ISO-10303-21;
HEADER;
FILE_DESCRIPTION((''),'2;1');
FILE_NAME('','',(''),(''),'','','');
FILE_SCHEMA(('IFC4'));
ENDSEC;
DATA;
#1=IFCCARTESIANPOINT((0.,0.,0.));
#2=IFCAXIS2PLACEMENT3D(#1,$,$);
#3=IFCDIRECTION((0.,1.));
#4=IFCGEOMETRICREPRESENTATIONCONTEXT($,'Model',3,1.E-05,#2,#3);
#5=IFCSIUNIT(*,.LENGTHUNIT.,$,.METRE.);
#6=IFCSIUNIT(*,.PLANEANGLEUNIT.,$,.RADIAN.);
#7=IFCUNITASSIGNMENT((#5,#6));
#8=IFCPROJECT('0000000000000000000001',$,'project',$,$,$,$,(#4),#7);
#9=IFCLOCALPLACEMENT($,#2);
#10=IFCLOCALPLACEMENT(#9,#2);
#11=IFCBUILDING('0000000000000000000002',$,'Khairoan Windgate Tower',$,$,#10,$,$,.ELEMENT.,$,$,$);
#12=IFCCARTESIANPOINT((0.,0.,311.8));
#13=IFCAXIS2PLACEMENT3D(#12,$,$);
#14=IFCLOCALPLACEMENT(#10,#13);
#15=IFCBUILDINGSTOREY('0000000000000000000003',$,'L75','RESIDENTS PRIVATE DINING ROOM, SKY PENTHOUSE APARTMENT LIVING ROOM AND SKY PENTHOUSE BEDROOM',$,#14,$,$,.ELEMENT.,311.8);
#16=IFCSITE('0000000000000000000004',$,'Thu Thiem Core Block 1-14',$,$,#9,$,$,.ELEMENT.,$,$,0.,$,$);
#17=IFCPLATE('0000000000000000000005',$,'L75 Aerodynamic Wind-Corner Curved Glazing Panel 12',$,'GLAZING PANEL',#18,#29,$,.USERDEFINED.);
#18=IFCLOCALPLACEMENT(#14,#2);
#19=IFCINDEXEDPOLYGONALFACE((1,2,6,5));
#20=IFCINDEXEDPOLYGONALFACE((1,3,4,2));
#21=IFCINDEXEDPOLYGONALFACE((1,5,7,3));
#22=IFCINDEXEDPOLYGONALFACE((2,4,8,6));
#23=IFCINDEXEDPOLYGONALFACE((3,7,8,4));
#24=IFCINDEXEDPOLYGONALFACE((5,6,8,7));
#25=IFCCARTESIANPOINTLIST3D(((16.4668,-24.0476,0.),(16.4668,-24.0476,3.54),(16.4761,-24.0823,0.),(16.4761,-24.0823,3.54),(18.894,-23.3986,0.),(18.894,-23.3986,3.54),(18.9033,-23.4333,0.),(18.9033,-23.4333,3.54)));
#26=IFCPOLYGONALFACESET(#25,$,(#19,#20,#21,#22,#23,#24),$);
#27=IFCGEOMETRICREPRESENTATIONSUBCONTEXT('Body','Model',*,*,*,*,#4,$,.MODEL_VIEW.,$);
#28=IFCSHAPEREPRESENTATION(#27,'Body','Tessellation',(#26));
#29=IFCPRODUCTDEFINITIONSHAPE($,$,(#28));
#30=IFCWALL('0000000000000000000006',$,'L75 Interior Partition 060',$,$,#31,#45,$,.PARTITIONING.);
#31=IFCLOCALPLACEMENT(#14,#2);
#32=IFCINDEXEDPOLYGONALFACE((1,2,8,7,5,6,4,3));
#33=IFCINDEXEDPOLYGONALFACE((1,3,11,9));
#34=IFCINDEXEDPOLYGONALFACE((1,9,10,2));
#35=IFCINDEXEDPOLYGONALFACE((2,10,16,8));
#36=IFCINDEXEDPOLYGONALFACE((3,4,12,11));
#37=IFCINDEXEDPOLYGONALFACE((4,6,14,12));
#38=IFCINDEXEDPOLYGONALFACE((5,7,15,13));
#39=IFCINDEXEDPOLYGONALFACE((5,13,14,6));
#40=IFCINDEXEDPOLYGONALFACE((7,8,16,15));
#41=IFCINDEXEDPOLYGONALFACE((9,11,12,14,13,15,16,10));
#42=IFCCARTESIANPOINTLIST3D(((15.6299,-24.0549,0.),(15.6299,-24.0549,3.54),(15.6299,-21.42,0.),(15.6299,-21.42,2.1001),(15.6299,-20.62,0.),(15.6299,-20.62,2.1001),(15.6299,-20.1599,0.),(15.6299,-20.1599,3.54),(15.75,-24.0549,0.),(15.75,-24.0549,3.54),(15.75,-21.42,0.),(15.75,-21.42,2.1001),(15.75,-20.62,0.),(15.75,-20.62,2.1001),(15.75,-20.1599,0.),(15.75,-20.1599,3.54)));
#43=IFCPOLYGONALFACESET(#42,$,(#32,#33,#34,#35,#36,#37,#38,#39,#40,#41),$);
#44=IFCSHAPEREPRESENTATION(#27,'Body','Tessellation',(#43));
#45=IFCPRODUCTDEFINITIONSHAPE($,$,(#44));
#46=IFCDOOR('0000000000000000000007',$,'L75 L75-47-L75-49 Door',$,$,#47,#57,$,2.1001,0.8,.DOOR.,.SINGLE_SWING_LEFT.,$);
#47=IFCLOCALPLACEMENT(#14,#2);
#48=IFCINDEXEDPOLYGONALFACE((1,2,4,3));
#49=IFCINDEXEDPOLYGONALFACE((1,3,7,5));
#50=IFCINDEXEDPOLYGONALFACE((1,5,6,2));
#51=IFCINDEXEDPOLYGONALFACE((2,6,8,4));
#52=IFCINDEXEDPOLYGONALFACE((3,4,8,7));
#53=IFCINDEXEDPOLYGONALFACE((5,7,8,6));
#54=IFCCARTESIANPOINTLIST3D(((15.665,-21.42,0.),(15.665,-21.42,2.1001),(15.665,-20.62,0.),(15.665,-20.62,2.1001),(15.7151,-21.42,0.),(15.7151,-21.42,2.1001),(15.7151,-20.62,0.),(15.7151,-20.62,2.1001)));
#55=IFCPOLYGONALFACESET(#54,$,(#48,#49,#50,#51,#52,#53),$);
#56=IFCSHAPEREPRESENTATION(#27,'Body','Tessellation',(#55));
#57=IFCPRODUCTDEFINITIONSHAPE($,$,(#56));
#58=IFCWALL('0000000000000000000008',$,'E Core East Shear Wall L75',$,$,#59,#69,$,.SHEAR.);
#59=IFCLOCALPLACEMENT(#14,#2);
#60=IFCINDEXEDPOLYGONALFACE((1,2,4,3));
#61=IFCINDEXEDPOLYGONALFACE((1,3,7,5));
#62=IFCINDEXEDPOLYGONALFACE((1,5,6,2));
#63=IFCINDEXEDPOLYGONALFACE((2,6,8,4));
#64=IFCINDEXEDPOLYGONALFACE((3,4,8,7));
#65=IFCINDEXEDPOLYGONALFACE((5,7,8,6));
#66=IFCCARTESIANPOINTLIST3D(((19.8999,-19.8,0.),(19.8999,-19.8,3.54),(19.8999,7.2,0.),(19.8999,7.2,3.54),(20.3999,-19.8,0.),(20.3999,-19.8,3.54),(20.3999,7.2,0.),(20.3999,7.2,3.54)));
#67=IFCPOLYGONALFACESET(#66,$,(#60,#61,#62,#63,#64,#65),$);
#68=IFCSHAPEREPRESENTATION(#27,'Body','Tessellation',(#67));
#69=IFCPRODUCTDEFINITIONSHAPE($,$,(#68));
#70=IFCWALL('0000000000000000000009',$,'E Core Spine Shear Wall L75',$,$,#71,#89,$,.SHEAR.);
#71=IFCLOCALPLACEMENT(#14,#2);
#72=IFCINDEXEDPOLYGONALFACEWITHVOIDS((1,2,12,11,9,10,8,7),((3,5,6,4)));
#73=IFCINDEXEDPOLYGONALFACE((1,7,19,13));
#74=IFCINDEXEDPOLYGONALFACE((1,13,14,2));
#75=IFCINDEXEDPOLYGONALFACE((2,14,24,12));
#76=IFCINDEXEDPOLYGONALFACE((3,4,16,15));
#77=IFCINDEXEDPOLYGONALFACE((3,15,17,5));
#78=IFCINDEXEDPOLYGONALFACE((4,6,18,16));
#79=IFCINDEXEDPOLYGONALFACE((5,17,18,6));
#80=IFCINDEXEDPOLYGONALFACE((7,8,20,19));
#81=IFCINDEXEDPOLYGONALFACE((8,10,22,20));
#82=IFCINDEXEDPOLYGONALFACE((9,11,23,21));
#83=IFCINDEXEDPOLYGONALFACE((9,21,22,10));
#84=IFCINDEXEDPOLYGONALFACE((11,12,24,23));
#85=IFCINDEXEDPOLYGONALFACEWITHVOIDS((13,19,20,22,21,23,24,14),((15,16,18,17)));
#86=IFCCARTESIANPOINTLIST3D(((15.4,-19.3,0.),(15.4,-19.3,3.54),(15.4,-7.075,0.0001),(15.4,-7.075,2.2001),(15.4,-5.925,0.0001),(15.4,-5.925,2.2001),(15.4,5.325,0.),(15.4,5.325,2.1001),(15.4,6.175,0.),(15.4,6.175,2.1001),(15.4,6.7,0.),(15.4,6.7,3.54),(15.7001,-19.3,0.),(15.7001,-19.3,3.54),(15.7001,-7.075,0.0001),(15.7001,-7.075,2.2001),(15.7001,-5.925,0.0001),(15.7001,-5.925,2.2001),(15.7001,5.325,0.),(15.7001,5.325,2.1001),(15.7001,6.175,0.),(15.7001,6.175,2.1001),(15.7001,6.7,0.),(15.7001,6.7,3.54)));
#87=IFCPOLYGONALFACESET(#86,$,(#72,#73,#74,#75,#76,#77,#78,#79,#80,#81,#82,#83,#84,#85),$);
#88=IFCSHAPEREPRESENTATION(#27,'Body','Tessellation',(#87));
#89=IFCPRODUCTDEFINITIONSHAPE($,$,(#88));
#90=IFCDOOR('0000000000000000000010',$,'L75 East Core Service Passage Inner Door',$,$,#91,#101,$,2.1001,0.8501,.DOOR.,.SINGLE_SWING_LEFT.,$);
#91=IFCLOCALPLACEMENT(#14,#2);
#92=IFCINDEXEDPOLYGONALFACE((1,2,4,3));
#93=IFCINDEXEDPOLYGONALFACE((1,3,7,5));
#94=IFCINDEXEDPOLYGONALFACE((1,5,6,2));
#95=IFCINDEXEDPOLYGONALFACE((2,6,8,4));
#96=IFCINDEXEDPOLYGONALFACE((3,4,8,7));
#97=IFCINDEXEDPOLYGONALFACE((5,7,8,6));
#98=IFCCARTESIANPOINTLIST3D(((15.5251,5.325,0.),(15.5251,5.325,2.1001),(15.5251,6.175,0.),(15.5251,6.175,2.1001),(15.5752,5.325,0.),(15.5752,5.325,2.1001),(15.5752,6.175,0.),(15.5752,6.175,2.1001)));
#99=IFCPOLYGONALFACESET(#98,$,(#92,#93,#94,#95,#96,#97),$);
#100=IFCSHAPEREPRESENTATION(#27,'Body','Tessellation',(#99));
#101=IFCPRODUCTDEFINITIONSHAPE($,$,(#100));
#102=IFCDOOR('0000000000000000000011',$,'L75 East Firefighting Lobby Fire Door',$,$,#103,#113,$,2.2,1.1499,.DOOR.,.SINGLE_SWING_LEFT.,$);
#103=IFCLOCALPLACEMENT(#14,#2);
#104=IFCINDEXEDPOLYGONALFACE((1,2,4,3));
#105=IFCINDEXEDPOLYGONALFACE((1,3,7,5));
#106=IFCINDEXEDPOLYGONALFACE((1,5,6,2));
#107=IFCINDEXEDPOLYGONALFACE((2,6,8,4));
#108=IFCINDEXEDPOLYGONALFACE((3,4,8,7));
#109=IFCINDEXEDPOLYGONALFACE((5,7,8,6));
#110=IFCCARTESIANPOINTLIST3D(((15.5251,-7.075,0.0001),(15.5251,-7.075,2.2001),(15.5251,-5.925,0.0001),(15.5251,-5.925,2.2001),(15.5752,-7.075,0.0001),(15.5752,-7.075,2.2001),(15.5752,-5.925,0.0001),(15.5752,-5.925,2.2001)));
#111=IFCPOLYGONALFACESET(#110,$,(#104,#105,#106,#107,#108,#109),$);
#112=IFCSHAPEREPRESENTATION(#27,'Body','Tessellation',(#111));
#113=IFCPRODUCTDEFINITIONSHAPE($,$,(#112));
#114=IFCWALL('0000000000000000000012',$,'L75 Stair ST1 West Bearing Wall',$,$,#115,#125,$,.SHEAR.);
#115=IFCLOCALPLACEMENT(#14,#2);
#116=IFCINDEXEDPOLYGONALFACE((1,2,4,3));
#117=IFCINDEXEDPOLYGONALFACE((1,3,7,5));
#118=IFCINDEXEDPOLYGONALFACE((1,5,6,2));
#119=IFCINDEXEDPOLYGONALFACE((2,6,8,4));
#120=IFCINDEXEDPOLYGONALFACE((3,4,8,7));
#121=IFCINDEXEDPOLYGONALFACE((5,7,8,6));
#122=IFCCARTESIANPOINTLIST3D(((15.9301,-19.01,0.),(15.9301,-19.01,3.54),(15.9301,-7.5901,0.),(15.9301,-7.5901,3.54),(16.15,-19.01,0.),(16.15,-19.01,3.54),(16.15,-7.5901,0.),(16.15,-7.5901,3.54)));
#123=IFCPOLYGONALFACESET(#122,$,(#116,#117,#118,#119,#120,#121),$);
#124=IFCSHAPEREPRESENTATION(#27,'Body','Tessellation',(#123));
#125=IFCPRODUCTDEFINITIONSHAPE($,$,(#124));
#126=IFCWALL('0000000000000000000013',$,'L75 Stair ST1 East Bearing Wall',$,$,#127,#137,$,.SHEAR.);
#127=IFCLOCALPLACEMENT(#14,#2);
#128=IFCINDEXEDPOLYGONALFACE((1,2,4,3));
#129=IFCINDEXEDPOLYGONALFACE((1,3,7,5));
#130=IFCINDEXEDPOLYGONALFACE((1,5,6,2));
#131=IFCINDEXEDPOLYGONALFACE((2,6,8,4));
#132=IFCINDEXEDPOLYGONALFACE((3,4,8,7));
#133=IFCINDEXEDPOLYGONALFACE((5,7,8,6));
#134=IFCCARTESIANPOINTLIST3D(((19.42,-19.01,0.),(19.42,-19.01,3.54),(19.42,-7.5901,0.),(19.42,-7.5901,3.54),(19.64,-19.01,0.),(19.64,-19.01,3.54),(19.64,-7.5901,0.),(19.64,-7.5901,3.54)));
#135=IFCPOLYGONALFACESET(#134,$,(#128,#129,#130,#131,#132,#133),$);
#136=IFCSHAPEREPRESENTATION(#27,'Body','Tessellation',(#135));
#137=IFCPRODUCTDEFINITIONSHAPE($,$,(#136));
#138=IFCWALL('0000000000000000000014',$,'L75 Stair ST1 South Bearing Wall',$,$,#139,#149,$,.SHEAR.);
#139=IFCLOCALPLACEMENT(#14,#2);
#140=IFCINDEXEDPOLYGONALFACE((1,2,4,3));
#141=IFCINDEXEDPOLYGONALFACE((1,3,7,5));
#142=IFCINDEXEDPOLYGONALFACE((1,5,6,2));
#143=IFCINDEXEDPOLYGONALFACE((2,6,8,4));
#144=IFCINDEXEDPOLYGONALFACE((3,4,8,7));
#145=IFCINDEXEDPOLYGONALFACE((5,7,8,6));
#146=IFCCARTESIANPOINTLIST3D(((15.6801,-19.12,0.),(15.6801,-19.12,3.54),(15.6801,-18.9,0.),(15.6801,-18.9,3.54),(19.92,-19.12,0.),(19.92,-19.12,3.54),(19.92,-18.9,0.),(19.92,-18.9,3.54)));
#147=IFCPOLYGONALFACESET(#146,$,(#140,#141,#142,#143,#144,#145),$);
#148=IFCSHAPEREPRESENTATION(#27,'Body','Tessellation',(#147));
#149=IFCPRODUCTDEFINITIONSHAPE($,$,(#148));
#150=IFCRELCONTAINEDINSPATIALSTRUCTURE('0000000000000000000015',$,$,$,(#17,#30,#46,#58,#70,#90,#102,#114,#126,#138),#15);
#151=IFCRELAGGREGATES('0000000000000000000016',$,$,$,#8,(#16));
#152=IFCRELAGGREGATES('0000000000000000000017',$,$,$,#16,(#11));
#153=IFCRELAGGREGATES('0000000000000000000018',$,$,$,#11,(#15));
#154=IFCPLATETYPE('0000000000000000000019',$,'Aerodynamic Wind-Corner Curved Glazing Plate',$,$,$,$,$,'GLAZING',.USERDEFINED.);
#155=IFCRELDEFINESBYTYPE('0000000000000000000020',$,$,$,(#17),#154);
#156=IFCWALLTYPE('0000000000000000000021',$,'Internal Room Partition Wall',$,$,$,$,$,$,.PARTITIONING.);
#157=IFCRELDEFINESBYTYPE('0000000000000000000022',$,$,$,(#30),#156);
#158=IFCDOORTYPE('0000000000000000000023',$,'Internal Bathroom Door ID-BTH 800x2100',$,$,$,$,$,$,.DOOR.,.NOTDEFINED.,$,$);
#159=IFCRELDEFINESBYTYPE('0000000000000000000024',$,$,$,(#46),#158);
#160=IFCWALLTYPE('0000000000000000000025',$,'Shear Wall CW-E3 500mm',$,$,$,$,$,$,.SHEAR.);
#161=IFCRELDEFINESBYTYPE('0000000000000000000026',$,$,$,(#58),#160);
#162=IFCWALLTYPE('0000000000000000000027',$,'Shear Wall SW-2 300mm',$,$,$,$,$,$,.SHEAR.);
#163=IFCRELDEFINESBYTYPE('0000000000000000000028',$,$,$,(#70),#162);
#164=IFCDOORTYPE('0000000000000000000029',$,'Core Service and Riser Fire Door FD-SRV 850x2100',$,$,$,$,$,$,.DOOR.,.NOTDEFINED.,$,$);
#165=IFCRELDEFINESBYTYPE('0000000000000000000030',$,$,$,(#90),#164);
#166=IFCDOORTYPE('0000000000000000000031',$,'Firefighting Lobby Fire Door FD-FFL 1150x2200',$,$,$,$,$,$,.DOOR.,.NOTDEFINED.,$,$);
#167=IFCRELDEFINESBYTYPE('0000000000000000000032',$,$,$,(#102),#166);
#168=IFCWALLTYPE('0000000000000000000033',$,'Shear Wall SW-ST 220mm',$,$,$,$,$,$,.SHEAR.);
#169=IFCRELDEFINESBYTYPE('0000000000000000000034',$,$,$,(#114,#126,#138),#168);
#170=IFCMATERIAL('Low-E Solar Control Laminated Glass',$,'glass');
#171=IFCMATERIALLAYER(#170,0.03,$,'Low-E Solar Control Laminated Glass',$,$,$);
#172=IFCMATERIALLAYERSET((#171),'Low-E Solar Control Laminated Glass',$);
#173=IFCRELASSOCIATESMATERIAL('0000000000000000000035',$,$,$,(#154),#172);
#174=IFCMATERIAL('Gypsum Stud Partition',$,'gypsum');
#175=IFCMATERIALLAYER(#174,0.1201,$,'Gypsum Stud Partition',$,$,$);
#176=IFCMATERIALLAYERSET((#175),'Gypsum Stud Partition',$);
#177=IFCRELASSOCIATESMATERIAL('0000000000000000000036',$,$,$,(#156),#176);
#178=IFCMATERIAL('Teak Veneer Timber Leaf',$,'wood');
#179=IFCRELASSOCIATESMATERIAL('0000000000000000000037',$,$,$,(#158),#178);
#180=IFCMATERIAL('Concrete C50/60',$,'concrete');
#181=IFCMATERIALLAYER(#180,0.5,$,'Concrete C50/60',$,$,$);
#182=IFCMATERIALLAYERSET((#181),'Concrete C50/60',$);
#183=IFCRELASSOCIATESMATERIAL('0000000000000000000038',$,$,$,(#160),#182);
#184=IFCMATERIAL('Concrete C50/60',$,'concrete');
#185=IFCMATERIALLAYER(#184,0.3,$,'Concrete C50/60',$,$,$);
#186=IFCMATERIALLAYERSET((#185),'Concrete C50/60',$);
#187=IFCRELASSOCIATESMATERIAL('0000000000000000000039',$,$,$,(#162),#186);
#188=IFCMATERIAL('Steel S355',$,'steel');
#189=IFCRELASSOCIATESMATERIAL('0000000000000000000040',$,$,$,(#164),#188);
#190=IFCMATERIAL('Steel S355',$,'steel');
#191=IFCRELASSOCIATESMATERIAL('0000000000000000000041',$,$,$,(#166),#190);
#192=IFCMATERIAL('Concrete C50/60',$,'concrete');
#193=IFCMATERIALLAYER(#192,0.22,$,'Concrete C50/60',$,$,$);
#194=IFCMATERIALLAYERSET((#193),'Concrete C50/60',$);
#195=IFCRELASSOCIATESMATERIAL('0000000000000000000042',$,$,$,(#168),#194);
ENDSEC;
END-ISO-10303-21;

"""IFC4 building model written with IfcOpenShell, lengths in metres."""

from ifc_helpers import new_model, si_unit, direction, frame, frame_2d, origin, origin_2d, place, context, subcontext, project, spatial, rectangle, extrude, material, layer, layer_set, type_object, element, fill, save


model = new_model("IFC4")

# Units and contexts
model_context = context("Model", 3, precision=1e-05, world=origin(), true_north=direction((0.0, 1.0)))
body_context = subcontext(model_context, "Body", "Model", "MODEL_VIEW")
ifc_project = project(units=[si_unit("LENGTHUNIT", "METRE"), si_unit("PLANEANGLEUNIT", "RADIAN")], contexts=[model_context])

# Site, building, storey
site_placement = place(None, origin())
site = spatial("IfcSite", under=ifc_project, at=site_placement, Name="Thu Thiem Core Block 1-14", CompositionType="ELEMENT", RefElevation=0.0)
building_placement = place(site_placement, origin())
building = spatial("IfcBuilding", under=site, at=building_placement, Name="Khairoan Windgate Tower", CompositionType="ELEMENT")
storey_placement = place(building_placement, frame((0.0, 0.0, 311.8)))
storey = spatial("IfcBuildingStorey", under=building, at=storey_placement, Name="L75", Description="RESIDENTS PRIVATE DINING ROOM, SKY PENTHOUSE APARTMENT LIVING ROOM AND SKY PENTHOUSE BEDROOM", CompositionType="ELEMENT", Elevation=311.8)

# Plate
ifc_material_1 = material(Name="Low-E Solar Control Laminated Glass", Category="glass")
ifc_layer_1 = layer(ifc_material_1, 0.03, Name="Low-E Solar Control Laminated Glass")
ifc_layer_set_1 = layer_set([ifc_layer_1], Name="Low-E Solar Control Laminated Glass")
plate_type_1 = type_object("IfcPlateType", Name="Aerodynamic Wind-Corner Curved Glazing Plate", ElementType="GLAZING", PredefinedType="USERDEFINED", material=ifc_layer_set_1)
plate_1_placement = place(storey_placement, frame((17.6851, -23.7405, 0.0), z_axis=(0.0, 0.0, 1.0), x_axis=(-0.966061, -0.258313, 0.0)))
element("IfcPlate", 1, at=plate_1_placement, inside=storey, type_object=plate_type_1, Name="L75 Aerodynamic Wind-Corner Curved Glazing Panel 12", ObjectType="GLAZING PANEL", PredefinedType="USERDEFINED", context=body_context, shape_type="SweptSolid", body=[
    extrude(rectangle(XDim=2.5125, YDim=0.0359, at=origin_2d()), origin(), (0.0, 0.0, 1.0), 3.54),
])

# Wall, opening, door
ifc_material_2 = material(Name="Gypsum Stud Partition", Category="gypsum")
ifc_layer_2 = layer(ifc_material_2, 0.1201, Name="Gypsum Stud Partition")
ifc_layer_set_2 = layer_set([ifc_layer_2], Name="Gypsum Stud Partition")
wall_type_1 = type_object("IfcWallType", Name="Internal Room Partition Wall", PredefinedType="PARTITIONING", material=ifc_layer_set_2)
wall_1_placement = place(storey_placement, frame((15.6899, -24.0549, 0.0), z_axis=(0.0, 0.0, 1.0), x_axis=(0.0, 1.0, 0.0)))
wall_1 = element("IfcWall", 2, at=wall_1_placement, inside=storey, type_object=wall_type_1, Name="L75 Interior Partition 060", PredefinedType="PARTITIONING", context=body_context, shape_type="SweptSolid", body=[
    extrude(rectangle(XDim=3.895, YDim=0.1201, at=frame_2d((1.9475, 0.0))), origin(), (0.0, 0.0, 1.0), 3.54),
])
opening_1_placement = place(wall_1_placement, frame((2.635, 0.0, 0.0)))
opening_1 = element("IfcOpeningElement", 3, at=opening_1_placement, cuts=wall_1, PredefinedType="OPENING", context=body_context, shape_type="SweptSolid", body=[
    extrude(rectangle(XDim=0.8, YDim=2.1001, at=frame_2d((0.3999, 1.05))), frame((0.0, 0.0701, 0.0), z_axis=(0.0, -1.0, 0.0), x_axis=(1.0, 0.0, 0.0)), (0.0, 0.0, 1.0), 0.1401),
])
ifc_material_3 = material(Name="Teak Veneer Timber Leaf", Category="wood")
door_type_1 = type_object("IfcDoorType", Name="Internal Bathroom Door ID-BTH 800x2100", OperationType="NOTDEFINED", PredefinedType="DOOR", material=ifc_material_3)
door_1_placement = place(opening_1_placement, origin())
door_1 = element("IfcDoor", 4, at=door_1_placement, inside=storey, type_object=door_type_1, Name="L75 L75-47-L75-49 Door", OperationType="SINGLE_SWING_LEFT", OverallHeight=2.1001, OverallWidth=0.8, PredefinedType="DOOR", context=body_context, shape_type="SweptSolid", body=[
    extrude(rectangle(XDim=0.8, YDim=2.1001, at=frame_2d((0.3999, 1.05))), frame((0.0, 0.0249, 0.0), z_axis=(0.0, -1.0, 0.0), x_axis=(1.0, 0.0, 0.0)), (0.0, 0.0, 1.0), 0.05),
])
fill(opening_1, door_1)

# Wall
ifc_material_4 = material(Name="Concrete C50/60", Category="concrete")
ifc_layer_3 = layer(ifc_material_4, 0.5, Name="Concrete C50/60")
ifc_layer_set_3 = layer_set([ifc_layer_3], Name="Concrete C50/60")
wall_type_2 = type_object("IfcWallType", Name="Shear Wall CW-E3 500mm", PredefinedType="SHEAR", material=ifc_layer_set_3)
wall_2_placement = place(storey_placement, frame((20.1499, -19.8, 0.0), z_axis=(0.0, 0.0, 1.0), x_axis=(0.0, 1.0, 0.0)))
element("IfcWall", 5, at=wall_2_placement, inside=storey, type_object=wall_type_2, Name="E Core East Shear Wall L75", PredefinedType="SHEAR", context=body_context, shape_type="SweptSolid", body=[
    extrude(rectangle(XDim=27.0, YDim=0.5, at=frame_2d((13.5, 0.0))), origin(), (0.0, 0.0, 1.0), 3.54),
])

# Wall, openings, doors
ifc_material_5 = material(Name="Concrete C50/60", Category="concrete")
ifc_layer_4 = layer(ifc_material_5, 0.3, Name="Concrete C50/60")
ifc_layer_set_4 = layer_set([ifc_layer_4], Name="Concrete C50/60")
wall_type_3 = type_object("IfcWallType", Name="Shear Wall SW-2 300mm", PredefinedType="SHEAR", material=ifc_layer_set_4)
wall_3_placement = place(storey_placement, frame((15.55, -19.3, 0.0), z_axis=(0.0, 0.0, 1.0), x_axis=(0.0, 1.0, 0.0)))
wall_3 = element("IfcWall", 6, at=wall_3_placement, inside=storey, type_object=wall_type_3, Name="E Core Spine Shear Wall L75", PredefinedType="SHEAR", context=body_context, shape_type="SweptSolid", body=[
    extrude(rectangle(XDim=26.0, YDim=0.3, at=frame_2d((13.0, 0.0))), origin(), (0.0, 0.0, 1.0), 3.54),
])
opening_2_placement = place(wall_3_placement, frame((12.2251, 0.0, 0.0)))
opening_2 = element("IfcOpeningElement", 7, at=opening_2_placement, cuts=wall_3, PredefinedType="OPENING", context=body_context, shape_type="SweptSolid", body=[
    extrude(rectangle(XDim=1.1499, YDim=2.2, at=frame_2d((0.575, 1.1001))), frame((0.0, 0.1599, 0.0), z_axis=(0.0, -1.0, 0.0), x_axis=(1.0, 0.0, 0.0)), (0.0, 0.0, 1.0), 0.3201),
])
opening_3_placement = place(wall_3_placement, frame((24.625, 0.0, 0.0)))
opening_3 = element("IfcOpeningElement", 8, at=opening_3_placement, cuts=wall_3, PredefinedType="OPENING", context=body_context, shape_type="SweptSolid", body=[
    extrude(rectangle(XDim=0.8501, YDim=2.1001, at=frame_2d((0.425, 1.05))), frame((0.0, 0.1599, 0.0), z_axis=(0.0, -1.0, 0.0), x_axis=(1.0, 0.0, 0.0)), (0.0, 0.0, 1.0), 0.3201),
])
ifc_material_6 = material(Name="Steel S355", Category="steel")
door_type_2 = type_object("IfcDoorType", Name="Core Service and Riser Fire Door FD-SRV 850x2100", OperationType="NOTDEFINED", PredefinedType="DOOR", material=ifc_material_6)
door_2_placement = place(opening_3_placement, origin())
door_2 = element("IfcDoor", 9, at=door_2_placement, inside=storey, type_object=door_type_2, Name="L75 East Core Service Passage Inner Door", OperationType="SINGLE_SWING_LEFT", OverallHeight=2.1001, OverallWidth=0.8501, PredefinedType="DOOR", context=body_context, shape_type="SweptSolid", body=[
    extrude(rectangle(XDim=0.8501, YDim=2.1001, at=frame_2d((0.425, 1.05))), frame((0.0, 0.0249, 0.0), z_axis=(0.0, -1.0, 0.0), x_axis=(1.0, 0.0, 0.0)), (0.0, 0.0, 1.0), 0.05),
])
fill(opening_3, door_2)
ifc_material_7 = material(Name="Steel S355", Category="steel")
door_type_3 = type_object("IfcDoorType", Name="Firefighting Lobby Fire Door FD-FFL 1150x2200", OperationType="NOTDEFINED", PredefinedType="DOOR", material=ifc_material_7)
door_3_placement = place(opening_2_placement, origin())
door_3 = element("IfcDoor", 10, at=door_3_placement, inside=storey, type_object=door_type_3, Name="L75 East Firefighting Lobby Fire Door", OperationType="SINGLE_SWING_LEFT", OverallHeight=2.2, OverallWidth=1.1499, PredefinedType="DOOR", context=body_context, shape_type="SweptSolid", body=[
    extrude(rectangle(XDim=1.1499, YDim=2.2, at=frame_2d((0.575, 1.1001))), frame((0.0, 0.0249, 0.0), z_axis=(0.0, -1.0, 0.0), x_axis=(1.0, 0.0, 0.0)), (0.0, 0.0, 1.0), 0.05),
])
fill(opening_2, door_3)

# Walls
ifc_material_8 = material(Name="Concrete C50/60", Category="concrete")
ifc_layer_5 = layer(ifc_material_8, 0.22, Name="Concrete C50/60")
ifc_layer_set_5 = layer_set([ifc_layer_5], Name="Concrete C50/60")
wall_type_4 = type_object("IfcWallType", Name="Shear Wall SW-ST 220mm", PredefinedType="SHEAR", material=ifc_layer_set_5)
for number, where, z_axis, x_axis, name in (
    (11, (16.04, -19.01, 0.0), (0.0, 0.0, 1.0), (0.0, 1.0, 0.0), "L75 Stair ST1 West Bearing Wall"),
    (12, (19.53, -19.01, 0.0), (0.0, 0.0, 1.0), (0.0, 1.0, 0.0), "L75 Stair ST1 East Bearing Wall"),
):
    element("IfcWall", number, at=place(storey_placement, frame(where, z_axis=z_axis, x_axis=x_axis)), inside=storey, type_object=wall_type_4, Name=name, PredefinedType="SHEAR", context=body_context, shape_type="SweptSolid", body=[
        extrude(rectangle(XDim=11.4199, YDim=0.22, at=frame_2d((5.71, 0.0))), origin(), (0.0, 0.0, 1.0), 3.54),
    ])
wall_4_placement = place(storey_placement, frame((15.6799, -19.01, 0.0), z_axis=(0.0, 0.0, 1.0), x_axis=(1.0, 0.0, 0.0)))
element("IfcWall", 13, at=wall_4_placement, inside=storey, type_object=wall_type_4, Name="L75 Stair ST1 South Bearing Wall", PredefinedType="SHEAR", context=body_context, shape_type="SweptSolid", body=[
    extrude(rectangle(XDim=4.24, YDim=0.22, at=frame_2d((2.1201, 0.0))), origin(), (0.0, 0.0, 1.0), 3.54),
])

save(model, "model.ifc")
